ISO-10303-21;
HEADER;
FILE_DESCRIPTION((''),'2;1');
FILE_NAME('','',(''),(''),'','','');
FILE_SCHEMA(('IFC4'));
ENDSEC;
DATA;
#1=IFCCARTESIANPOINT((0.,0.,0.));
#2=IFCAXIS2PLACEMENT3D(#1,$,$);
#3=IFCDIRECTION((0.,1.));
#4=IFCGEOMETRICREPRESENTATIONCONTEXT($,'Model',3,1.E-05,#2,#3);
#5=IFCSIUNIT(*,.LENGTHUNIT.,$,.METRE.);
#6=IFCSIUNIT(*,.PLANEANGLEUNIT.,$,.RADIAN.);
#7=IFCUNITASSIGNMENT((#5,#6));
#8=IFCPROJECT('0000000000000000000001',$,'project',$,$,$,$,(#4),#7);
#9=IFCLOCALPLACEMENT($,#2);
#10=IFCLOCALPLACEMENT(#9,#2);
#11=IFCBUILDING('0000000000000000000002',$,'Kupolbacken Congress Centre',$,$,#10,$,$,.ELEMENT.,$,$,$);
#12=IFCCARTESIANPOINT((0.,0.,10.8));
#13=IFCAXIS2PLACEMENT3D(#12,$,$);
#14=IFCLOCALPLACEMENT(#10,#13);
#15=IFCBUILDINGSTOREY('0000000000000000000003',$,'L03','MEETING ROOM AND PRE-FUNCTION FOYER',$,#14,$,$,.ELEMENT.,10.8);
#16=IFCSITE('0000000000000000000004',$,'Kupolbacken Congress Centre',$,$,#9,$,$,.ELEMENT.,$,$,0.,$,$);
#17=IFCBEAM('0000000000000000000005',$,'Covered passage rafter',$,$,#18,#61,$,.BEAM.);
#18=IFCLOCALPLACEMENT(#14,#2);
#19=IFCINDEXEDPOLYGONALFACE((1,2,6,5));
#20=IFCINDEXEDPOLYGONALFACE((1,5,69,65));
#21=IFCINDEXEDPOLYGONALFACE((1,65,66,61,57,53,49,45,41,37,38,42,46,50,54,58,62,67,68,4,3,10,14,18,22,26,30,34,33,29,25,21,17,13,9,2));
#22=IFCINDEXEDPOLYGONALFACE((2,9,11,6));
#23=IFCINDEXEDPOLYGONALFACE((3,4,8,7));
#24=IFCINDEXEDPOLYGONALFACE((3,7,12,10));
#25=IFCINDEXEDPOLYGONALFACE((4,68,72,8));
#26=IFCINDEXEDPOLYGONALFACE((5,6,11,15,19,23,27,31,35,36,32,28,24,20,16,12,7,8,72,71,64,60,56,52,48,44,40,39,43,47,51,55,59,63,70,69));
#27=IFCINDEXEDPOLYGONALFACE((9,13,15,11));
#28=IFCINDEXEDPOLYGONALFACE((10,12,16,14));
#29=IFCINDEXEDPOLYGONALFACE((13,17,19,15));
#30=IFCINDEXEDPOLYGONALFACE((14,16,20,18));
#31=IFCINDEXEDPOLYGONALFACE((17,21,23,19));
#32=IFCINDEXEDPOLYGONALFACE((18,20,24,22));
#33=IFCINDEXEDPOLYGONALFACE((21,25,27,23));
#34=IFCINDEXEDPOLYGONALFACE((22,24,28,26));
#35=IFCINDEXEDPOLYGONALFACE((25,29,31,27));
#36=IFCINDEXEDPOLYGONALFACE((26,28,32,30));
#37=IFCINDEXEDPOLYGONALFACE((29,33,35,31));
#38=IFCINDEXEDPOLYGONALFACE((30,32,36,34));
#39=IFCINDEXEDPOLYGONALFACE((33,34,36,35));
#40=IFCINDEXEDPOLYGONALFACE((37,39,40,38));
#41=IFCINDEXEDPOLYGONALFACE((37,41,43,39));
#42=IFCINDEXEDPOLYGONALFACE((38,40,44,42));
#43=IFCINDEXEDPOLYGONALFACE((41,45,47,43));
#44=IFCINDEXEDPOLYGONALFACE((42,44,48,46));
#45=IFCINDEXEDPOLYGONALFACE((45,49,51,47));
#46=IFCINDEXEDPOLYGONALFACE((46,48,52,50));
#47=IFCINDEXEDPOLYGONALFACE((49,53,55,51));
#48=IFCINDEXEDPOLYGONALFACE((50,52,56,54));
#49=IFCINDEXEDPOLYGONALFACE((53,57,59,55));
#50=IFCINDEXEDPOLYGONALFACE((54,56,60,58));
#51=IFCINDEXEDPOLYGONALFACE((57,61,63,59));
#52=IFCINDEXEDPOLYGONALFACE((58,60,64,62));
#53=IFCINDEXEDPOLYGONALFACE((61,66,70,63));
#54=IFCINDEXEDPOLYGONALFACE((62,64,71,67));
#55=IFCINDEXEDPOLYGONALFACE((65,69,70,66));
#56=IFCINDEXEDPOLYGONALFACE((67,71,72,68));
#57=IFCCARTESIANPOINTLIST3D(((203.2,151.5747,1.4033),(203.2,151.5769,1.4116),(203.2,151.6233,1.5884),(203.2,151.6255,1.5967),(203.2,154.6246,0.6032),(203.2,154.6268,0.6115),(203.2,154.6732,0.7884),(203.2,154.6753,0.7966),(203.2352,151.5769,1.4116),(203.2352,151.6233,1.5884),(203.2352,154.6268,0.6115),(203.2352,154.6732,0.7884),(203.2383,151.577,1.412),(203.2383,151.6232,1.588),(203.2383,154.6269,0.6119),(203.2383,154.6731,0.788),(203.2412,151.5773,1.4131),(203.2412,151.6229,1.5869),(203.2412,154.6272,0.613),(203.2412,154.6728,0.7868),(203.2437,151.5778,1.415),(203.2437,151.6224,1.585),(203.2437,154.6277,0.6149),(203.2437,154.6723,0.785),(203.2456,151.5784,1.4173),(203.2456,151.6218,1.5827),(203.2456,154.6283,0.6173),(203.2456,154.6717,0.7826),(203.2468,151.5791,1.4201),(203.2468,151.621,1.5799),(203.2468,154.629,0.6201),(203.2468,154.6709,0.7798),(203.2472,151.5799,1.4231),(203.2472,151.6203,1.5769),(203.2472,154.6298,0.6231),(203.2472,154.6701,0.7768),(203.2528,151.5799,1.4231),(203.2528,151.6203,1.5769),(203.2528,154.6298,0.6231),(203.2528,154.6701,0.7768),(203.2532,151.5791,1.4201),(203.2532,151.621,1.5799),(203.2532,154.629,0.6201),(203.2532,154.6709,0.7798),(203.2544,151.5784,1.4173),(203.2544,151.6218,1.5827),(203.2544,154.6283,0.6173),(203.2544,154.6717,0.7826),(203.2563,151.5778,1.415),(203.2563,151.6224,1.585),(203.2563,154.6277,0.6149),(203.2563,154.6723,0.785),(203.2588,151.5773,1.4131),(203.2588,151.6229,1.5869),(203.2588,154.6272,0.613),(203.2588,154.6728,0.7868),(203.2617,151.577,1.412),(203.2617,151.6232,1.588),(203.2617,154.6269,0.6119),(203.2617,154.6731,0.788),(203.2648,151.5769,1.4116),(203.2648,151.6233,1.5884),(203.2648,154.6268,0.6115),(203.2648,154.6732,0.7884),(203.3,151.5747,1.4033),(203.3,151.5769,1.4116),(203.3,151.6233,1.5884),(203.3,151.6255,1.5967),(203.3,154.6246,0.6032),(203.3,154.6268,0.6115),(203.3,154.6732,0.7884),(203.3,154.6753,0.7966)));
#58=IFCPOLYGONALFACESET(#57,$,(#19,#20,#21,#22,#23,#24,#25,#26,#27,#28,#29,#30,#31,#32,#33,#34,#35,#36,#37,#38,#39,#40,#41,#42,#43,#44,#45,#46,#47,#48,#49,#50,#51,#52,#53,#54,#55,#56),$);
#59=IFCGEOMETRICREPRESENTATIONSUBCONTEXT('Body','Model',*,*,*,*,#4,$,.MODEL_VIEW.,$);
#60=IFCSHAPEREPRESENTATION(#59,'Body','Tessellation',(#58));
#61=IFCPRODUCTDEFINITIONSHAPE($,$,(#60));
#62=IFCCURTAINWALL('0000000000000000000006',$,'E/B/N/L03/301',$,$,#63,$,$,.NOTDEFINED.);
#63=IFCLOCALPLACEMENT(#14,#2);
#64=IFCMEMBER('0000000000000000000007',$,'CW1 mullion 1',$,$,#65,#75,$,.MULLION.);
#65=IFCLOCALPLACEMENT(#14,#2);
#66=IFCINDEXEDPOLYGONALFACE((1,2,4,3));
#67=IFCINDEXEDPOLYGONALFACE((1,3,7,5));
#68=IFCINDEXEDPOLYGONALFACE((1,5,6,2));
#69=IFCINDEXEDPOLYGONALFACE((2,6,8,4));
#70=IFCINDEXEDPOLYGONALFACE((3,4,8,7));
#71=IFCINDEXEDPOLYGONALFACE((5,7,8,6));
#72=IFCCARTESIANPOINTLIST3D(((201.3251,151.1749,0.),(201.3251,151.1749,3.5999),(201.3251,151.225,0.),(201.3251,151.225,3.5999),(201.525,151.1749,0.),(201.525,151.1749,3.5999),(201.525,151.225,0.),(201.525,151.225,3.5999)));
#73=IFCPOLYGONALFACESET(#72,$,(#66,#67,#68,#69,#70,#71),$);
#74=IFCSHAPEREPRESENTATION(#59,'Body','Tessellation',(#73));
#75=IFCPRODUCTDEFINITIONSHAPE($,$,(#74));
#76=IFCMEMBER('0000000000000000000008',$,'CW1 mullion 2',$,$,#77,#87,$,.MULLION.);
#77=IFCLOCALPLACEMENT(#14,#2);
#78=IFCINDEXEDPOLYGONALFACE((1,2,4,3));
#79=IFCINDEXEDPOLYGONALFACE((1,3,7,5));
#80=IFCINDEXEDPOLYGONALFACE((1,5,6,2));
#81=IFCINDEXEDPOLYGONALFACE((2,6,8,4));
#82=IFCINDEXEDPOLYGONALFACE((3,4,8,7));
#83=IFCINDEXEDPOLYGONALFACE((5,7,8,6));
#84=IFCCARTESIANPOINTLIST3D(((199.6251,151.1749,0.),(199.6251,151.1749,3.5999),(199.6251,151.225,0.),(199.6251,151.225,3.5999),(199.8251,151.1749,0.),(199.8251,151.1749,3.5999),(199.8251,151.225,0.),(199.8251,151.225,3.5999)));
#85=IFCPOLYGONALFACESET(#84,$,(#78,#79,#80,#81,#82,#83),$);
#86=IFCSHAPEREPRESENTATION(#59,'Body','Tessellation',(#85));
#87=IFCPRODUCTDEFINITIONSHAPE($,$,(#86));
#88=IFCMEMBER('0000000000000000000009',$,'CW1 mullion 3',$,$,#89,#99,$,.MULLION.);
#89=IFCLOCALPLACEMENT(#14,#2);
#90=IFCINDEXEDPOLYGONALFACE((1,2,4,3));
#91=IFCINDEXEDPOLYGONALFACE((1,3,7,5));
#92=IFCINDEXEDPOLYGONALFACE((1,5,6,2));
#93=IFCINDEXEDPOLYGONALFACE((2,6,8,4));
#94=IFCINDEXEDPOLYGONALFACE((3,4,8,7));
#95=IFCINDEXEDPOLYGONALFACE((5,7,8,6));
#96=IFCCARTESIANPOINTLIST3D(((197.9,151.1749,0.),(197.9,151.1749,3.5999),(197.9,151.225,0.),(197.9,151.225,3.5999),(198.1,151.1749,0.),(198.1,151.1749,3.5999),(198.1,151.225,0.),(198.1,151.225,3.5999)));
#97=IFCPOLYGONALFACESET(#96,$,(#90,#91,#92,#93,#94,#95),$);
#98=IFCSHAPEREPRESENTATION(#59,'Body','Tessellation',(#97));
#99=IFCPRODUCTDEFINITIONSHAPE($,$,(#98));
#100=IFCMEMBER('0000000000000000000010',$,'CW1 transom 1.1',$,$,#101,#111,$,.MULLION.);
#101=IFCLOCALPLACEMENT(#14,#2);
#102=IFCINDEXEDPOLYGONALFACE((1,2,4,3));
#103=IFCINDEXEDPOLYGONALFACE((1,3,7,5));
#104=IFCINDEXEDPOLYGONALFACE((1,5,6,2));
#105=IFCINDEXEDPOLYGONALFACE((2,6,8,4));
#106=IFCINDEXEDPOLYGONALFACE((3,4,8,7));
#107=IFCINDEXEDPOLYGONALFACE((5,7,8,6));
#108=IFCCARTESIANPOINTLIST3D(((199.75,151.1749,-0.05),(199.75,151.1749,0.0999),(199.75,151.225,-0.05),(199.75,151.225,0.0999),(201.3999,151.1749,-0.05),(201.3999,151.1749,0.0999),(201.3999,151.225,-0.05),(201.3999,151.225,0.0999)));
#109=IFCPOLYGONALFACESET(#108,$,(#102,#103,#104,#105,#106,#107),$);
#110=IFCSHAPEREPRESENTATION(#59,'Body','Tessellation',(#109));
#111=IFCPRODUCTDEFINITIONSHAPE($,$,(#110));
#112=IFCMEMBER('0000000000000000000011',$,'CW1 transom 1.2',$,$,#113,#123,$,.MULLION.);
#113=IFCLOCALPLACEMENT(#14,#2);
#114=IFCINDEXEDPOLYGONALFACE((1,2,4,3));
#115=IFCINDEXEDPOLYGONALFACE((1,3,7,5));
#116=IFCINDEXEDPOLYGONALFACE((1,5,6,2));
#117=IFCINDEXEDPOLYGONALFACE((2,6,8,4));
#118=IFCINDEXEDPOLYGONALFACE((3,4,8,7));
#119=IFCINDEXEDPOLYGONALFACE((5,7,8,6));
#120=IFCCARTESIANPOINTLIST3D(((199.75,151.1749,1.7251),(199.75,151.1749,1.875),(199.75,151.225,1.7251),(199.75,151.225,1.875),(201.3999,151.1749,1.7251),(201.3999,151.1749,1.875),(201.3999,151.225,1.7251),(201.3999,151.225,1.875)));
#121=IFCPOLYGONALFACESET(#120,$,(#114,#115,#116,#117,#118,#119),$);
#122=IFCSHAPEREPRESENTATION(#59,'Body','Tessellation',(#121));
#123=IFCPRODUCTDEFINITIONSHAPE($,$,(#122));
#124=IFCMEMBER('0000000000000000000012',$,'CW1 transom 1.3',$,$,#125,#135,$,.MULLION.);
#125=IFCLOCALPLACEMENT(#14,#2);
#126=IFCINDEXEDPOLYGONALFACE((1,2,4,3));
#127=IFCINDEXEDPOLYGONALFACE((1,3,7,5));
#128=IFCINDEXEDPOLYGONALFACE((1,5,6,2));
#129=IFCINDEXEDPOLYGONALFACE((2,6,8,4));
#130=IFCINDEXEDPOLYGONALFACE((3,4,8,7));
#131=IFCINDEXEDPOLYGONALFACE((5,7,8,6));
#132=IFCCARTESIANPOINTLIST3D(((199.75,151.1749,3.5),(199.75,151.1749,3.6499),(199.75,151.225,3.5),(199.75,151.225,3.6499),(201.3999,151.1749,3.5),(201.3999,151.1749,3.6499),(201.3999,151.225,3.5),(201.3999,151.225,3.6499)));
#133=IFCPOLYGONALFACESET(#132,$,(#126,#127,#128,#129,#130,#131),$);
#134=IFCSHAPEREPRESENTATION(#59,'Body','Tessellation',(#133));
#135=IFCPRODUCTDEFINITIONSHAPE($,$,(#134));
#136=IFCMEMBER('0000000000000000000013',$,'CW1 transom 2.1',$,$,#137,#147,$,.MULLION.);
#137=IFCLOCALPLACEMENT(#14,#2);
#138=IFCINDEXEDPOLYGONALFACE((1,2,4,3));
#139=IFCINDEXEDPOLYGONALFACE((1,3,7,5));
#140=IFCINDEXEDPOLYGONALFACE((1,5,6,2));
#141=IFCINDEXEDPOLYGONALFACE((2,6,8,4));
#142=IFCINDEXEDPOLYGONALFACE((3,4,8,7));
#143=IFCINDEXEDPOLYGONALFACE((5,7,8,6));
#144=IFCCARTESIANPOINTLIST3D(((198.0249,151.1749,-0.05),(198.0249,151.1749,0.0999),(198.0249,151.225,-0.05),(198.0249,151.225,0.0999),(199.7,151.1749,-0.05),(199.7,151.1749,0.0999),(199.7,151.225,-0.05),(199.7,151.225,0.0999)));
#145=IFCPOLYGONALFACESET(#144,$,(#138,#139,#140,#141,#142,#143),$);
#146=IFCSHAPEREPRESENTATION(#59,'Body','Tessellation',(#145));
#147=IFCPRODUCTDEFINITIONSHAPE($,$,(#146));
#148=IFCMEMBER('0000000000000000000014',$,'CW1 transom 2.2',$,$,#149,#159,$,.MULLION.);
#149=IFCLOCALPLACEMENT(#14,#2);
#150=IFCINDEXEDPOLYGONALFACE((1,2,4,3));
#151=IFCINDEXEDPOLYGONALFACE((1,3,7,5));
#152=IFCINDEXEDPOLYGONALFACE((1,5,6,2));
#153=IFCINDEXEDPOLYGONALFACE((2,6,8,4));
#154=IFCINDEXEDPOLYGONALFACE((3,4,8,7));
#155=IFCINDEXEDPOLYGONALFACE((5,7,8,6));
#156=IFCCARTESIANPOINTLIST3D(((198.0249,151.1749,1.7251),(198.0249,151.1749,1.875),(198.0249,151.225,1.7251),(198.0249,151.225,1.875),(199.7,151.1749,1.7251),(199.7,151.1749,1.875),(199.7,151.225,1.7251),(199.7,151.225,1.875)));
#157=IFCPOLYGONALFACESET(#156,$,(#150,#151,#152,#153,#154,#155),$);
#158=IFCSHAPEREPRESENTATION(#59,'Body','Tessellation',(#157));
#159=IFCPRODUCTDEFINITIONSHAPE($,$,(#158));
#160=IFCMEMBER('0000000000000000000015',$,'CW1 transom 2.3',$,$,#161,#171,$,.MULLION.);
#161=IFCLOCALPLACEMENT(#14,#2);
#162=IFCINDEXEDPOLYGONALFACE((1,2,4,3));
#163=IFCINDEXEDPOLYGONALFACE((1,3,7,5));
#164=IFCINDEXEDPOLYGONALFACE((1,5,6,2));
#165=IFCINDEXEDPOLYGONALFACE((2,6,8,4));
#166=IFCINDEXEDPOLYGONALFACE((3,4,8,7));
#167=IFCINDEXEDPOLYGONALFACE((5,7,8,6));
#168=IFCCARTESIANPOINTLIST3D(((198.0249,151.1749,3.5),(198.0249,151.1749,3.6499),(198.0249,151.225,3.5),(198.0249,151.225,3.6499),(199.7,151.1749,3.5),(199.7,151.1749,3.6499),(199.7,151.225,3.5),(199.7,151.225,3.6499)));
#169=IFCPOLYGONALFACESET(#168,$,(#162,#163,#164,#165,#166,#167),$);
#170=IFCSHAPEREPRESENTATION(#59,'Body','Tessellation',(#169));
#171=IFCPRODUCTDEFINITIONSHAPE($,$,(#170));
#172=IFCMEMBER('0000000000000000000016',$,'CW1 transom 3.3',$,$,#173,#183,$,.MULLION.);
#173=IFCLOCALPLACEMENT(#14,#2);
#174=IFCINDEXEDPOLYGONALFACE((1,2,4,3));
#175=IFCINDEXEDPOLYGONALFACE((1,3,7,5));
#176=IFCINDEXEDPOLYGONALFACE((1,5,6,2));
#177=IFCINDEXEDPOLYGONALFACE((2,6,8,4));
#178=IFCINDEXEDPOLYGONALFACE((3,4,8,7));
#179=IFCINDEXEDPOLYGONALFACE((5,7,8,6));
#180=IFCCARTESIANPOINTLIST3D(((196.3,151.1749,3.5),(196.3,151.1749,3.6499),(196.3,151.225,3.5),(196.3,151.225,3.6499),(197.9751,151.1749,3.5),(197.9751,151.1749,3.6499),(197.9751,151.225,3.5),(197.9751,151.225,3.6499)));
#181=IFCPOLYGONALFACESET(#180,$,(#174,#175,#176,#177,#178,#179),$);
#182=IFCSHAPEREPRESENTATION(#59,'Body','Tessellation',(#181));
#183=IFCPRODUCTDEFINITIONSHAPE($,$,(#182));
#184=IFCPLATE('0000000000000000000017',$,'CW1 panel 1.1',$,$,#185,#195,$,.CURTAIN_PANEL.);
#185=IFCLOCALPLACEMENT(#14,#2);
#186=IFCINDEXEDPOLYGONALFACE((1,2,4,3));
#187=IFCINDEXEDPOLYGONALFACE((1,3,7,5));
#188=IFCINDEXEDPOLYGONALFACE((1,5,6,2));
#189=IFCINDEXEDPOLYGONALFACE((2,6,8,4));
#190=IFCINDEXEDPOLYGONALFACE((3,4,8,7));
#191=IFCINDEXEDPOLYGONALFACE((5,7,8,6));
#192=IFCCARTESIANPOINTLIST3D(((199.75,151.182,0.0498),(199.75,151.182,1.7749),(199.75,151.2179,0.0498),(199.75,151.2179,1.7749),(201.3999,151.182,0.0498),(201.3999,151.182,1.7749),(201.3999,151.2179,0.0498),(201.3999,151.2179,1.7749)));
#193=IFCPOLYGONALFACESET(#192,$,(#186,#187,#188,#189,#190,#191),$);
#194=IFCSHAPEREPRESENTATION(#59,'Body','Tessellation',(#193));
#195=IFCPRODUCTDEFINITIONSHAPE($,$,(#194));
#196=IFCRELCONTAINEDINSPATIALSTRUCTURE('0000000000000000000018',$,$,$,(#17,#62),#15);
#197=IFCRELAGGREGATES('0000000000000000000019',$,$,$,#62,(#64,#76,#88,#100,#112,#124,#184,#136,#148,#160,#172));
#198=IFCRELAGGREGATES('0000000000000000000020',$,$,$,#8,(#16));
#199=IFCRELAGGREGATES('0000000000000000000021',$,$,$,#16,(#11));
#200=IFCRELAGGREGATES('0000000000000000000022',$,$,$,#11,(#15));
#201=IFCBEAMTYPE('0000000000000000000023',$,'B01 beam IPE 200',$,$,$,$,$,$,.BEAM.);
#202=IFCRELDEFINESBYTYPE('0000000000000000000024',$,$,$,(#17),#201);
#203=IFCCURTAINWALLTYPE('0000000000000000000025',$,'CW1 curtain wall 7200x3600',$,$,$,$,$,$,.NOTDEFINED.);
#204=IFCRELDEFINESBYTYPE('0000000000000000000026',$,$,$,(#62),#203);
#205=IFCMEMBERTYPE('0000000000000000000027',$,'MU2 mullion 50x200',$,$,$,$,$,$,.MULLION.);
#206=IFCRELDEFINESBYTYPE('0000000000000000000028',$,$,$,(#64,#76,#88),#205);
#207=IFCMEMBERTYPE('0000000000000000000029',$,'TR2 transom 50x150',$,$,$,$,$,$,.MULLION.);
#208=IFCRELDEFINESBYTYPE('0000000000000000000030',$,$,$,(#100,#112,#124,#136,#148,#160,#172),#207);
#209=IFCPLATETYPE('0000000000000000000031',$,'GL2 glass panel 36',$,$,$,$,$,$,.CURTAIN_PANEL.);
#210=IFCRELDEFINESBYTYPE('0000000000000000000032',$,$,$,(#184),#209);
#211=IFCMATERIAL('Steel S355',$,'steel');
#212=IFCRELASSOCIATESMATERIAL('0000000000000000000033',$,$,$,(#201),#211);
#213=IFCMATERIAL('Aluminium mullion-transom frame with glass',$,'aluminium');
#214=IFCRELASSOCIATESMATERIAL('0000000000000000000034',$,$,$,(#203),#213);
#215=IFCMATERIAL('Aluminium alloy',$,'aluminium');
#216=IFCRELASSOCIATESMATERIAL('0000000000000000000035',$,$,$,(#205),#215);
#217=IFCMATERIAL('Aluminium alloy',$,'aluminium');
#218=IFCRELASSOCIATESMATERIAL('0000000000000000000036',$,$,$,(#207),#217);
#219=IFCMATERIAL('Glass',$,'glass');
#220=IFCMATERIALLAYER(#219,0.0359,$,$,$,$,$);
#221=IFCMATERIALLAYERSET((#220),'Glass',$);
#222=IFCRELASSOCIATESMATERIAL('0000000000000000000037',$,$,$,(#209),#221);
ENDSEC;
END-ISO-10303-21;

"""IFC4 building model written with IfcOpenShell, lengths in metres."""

from ifc_helpers import new_model, si_unit, direction, frame, origin, origin_2d, place, context, subcontext, project, spatial, rectangle, i_section, extrude, material, layer, layer_set, material_profile, profile_set, type_object, element, aggregate, save


model = new_model("IFC4")

# Units and contexts
model_context = context("Model", 3, precision=1e-05, world=origin(), true_north=direction((0.0, 1.0)))
body_context = subcontext(model_context, "Body", "Model", "MODEL_VIEW")
ifc_project = project(units=[si_unit("LENGTHUNIT", "METRE"), si_unit("PLANEANGLEUNIT", "RADIAN")], contexts=[model_context])

# Site, building, storey
site_placement = place(None, origin())
site = spatial("IfcSite", under=ifc_project, at=site_placement, Name="Kupolbacken Congress Centre", CompositionType="ELEMENT", RefElevation=0.0)
building_placement = place(site_placement, origin())
building = spatial("IfcBuilding", under=site, at=building_placement, Name="Kupolbacken Congress Centre", CompositionType="ELEMENT")
storey_placement = place(building_placement, frame((0.0, 0.0, 10.8)))
storey = spatial("IfcBuildingStorey", under=building, at=storey_placement, Name="L03", Description="MEETING ROOM AND PRE-FUNCTION FOYER", CompositionType="ELEMENT", Elevation=10.8)

# Beam
ifc_material_1 = material(Name="Steel S355", Category="steel")
ifc_material_profile_1 = material_profile(ifc_material_1, i_section(OverallWidth=0.1001, OverallDepth=0.2, WebThickness=0.0056, FlangeThickness=0.0085, FilletRadius=0.012, at=origin_2d()), Name="IPE 200")
ifc_profile_set_1 = profile_set([ifc_material_profile_1], Name="Steel S355")
beam_type = type_object("IfcBeamType", Name="B01 beam IPE 200", PredefinedType="BEAM", material=ifc_profile_set_1)
for number, where, z_axis, x_axis, name in (
    (1, (203.25, 151.6001, 1.5), (0.0, 0.967272, -0.253742), (-1.0, 0.0, 0.0), "Covered passage rafter"),
):
    element("IfcBeam", number, at=place(storey_placement, frame(where, z_axis=z_axis, x_axis=x_axis)), inside=storey, type_object=beam_type, Name=name, PredefinedType="BEAM", context=body_context, shape_type="SweptSolid", body=[
        extrude(i_section(OverallWidth=0.1001, OverallDepth=0.2, WebThickness=0.0056, FlangeThickness=0.0085, FilletRadius=0.012, at=origin_2d()), origin(), (0.0, 0.0, 1.0), 3.1531),
    ])

# Curtain wall, members, plate
ifc_material_2 = material(Name="Aluminium mullion-transom frame with glass", Category="aluminium")
curtain_wall_type = type_object("IfcCurtainWallType", Name="CW1 curtain wall 7200x3600", PredefinedType="NOTDEFINED", material=ifc_material_2)
curtain_wall_placement = place(storey_placement, origin())
curtain_wall = element("IfcCurtainWall", 2, at=curtain_wall_placement, inside=storey, type_object=curtain_wall_type, Name="E/B/N/L03/301", PredefinedType="NOTDEFINED")
ifc_material_3 = material(Name="Aluminium alloy", Category="aluminium")
ifc_material_profile_2 = material_profile(ifc_material_3, rectangle(XDim=0.05, YDim=0.2, at=origin_2d()), Name="50 x 200")
ifc_profile_set_2 = profile_set([ifc_material_profile_2], Name="Aluminium alloy")
member_type_1 = type_object("IfcMemberType", Name="MU2 mullion 50x200", PredefinedType="MULLION", material=ifc_profile_set_2)
member_1_placement = place(storey_placement, frame((201.425, 151.2, 0.0), z_axis=(0.0, 0.0, 1.0), x_axis=(0.0, -1.0, 0.0)))
member_1 = element("IfcMember", 3, at=member_1_placement, type_object=member_type_1, Name="CW1 mullion 1", PredefinedType="MULLION", context=body_context, shape_type="SweptSolid", body=[
    extrude(rectangle(XDim=0.05, YDim=0.2, at=origin_2d()), origin(), (0.0, 0.0, 1.0), 3.5999),
])
member_2_placement = place(storey_placement, frame((199.7251, 151.2, 0.0), z_axis=(0.0, 0.0, 1.0), x_axis=(0.0, -1.0, 0.0)))
member_2 = element("IfcMember", 4, at=member_2_placement, type_object=member_type_1, Name="CW1 mullion 2", PredefinedType="MULLION", context=body_context, shape_type="SweptSolid", body=[
    extrude(rectangle(XDim=0.05, YDim=0.2, at=origin_2d()), origin(), (0.0, 0.0, 1.0), 3.5999),
])
member_3_placement = place(storey_placement, frame((198.0, 151.2, 0.0), z_axis=(0.0, 0.0, 1.0), x_axis=(0.0, -1.0, 0.0)))
member_3 = element("IfcMember", 5, at=member_3_placement, type_object=member_type_1, Name="CW1 mullion 3", PredefinedType="MULLION", context=body_context, shape_type="SweptSolid", body=[
    extrude(rectangle(XDim=0.05, YDim=0.2, at=origin_2d()), origin(), (0.0, 0.0, 1.0), 3.5999),
])
ifc_material_4 = material(Name="Aluminium alloy", Category="aluminium")
ifc_material_profile_3 = material_profile(ifc_material_4, rectangle(XDim=0.05, YDim=0.1499, at=origin_2d()), Name="50 x 150")
ifc_profile_set_3 = profile_set([ifc_material_profile_3], Name="Aluminium alloy")
member_type_2 = type_object("IfcMemberType", Name="TR2 transom 50x150", PredefinedType="MULLION", material=ifc_profile_set_3)
member_4_placement = place(storey_placement, frame((201.3999, 151.2, 0.0249), z_axis=(-1.0, 0.0, 0.0), x_axis=(0.0, -1.0, 0.0)))
member_4 = element("IfcMember", 6, at=member_4_placement, type_object=member_type_2, Name="CW1 transom 1.1", PredefinedType="MULLION", context=body_context, shape_type="SweptSolid", body=[
    extrude(rectangle(XDim=0.05, YDim=0.1499, at=origin_2d()), origin(), (0.0, 0.0, 1.0), 1.6499),
])
member_5_placement = place(storey_placement, frame((201.3999, 151.2, 1.8), z_axis=(-1.0, 0.0, 0.0), x_axis=(0.0, -1.0, 0.0)))
member_5 = element("IfcMember", 7, at=member_5_placement, type_object=member_type_2, Name="CW1 transom 1.2", PredefinedType="MULLION", context=body_context, shape_type="SweptSolid", body=[
    extrude(rectangle(XDim=0.05, YDim=0.1499, at=origin_2d()), origin(), (0.0, 0.0, 1.0), 1.6499),
])
member_6_placement = place(storey_placement, frame((201.3999, 151.2, 3.575), z_axis=(-1.0, 0.0, 0.0), x_axis=(0.0, -1.0, 0.0)))
member_6 = element("IfcMember", 8, at=member_6_placement, type_object=member_type_2, Name="CW1 transom 1.3", PredefinedType="MULLION", context=body_context, shape_type="SweptSolid", body=[
    extrude(rectangle(XDim=0.05, YDim=0.1499, at=origin_2d()), origin(), (0.0, 0.0, 1.0), 1.6499),
])
member_7_placement = place(storey_placement, frame((199.7, 151.2, 0.0249), z_axis=(-1.0, 0.0, 0.0), x_axis=(0.0, -1.0, 0.0)))
member_7 = element("IfcMember", 9, at=member_7_placement, type_object=member_type_2, Name="CW1 transom 2.1", PredefinedType="MULLION", context=body_context, shape_type="SweptSolid", body=[
    extrude(rectangle(XDim=0.05, YDim=0.1499, at=origin_2d()), origin(), (0.0, 0.0, 1.0), 1.675),
])
member_8_placement = place(storey_placement, frame((199.7, 151.2, 1.8), z_axis=(-1.0, 0.0, 0.0), x_axis=(0.0, -1.0, 0.0)))
member_8 = element("IfcMember", 10, at=member_8_placement, type_object=member_type_2, Name="CW1 transom 2.2", PredefinedType="MULLION", context=body_context, shape_type="SweptSolid", body=[
    extrude(rectangle(XDim=0.05, YDim=0.1499, at=origin_2d()), origin(), (0.0, 0.0, 1.0), 1.675),
])
member_9_placement = place(storey_placement, frame((199.7, 151.2, 3.575), z_axis=(-1.0, 0.0, 0.0), x_axis=(0.0, -1.0, 0.0)))
member_9 = element("IfcMember", 11, at=member_9_placement, type_object=member_type_2, Name="CW1 transom 2.3", PredefinedType="MULLION", context=body_context, shape_type="SweptSolid", body=[
    extrude(rectangle(XDim=0.05, YDim=0.1499, at=origin_2d()), origin(), (0.0, 0.0, 1.0), 1.675),
])
member_10_placement = place(storey_placement, frame((197.9751, 151.2, 3.575), z_axis=(-1.0, 0.0, 0.0), x_axis=(0.0, -1.0, 0.0)))
member_10 = element("IfcMember", 12, at=member_10_placement, type_object=member_type_2, Name="CW1 transom 3.3", PredefinedType="MULLION", context=body_context, shape_type="SweptSolid", body=[
    extrude(rectangle(XDim=0.05, YDim=0.1499, at=origin_2d()), origin(), (0.0, 0.0, 1.0), 1.675),
])
ifc_material_5 = material(Name="Glass", Category="glass")
ifc_layer_1 = layer(ifc_material_5, 0.0359)
ifc_layer_set_1 = layer_set([ifc_layer_1], Name="Glass")
plate_type = type_object("IfcPlateType", Name="GL2 glass panel 36", PredefinedType="CURTAIN_PANEL", material=ifc_layer_set_1)
plate_1_placement = place(storey_placement, frame((200.575, 151.2, 0.0498), z_axis=(0.0, 0.0, 1.0), x_axis=(-1.0, 0.0, 0.0)))
plate_1 = element("IfcPlate", 13, at=plate_1_placement, type_object=plate_type, Name="CW1 panel 1.1", PredefinedType="CURTAIN_PANEL", context=body_context, shape_type="SweptSolid", body=[
    extrude(rectangle(XDim=1.6499, YDim=0.0359, at=origin_2d()), origin(), (0.0, 0.0, 1.0), 1.7251),
])
aggregate(curtain_wall, [member_1, member_2, member_3, member_4, member_5, member_6, plate_1, member_7, member_8, member_9, member_10])

save(model, "model.ifc")
